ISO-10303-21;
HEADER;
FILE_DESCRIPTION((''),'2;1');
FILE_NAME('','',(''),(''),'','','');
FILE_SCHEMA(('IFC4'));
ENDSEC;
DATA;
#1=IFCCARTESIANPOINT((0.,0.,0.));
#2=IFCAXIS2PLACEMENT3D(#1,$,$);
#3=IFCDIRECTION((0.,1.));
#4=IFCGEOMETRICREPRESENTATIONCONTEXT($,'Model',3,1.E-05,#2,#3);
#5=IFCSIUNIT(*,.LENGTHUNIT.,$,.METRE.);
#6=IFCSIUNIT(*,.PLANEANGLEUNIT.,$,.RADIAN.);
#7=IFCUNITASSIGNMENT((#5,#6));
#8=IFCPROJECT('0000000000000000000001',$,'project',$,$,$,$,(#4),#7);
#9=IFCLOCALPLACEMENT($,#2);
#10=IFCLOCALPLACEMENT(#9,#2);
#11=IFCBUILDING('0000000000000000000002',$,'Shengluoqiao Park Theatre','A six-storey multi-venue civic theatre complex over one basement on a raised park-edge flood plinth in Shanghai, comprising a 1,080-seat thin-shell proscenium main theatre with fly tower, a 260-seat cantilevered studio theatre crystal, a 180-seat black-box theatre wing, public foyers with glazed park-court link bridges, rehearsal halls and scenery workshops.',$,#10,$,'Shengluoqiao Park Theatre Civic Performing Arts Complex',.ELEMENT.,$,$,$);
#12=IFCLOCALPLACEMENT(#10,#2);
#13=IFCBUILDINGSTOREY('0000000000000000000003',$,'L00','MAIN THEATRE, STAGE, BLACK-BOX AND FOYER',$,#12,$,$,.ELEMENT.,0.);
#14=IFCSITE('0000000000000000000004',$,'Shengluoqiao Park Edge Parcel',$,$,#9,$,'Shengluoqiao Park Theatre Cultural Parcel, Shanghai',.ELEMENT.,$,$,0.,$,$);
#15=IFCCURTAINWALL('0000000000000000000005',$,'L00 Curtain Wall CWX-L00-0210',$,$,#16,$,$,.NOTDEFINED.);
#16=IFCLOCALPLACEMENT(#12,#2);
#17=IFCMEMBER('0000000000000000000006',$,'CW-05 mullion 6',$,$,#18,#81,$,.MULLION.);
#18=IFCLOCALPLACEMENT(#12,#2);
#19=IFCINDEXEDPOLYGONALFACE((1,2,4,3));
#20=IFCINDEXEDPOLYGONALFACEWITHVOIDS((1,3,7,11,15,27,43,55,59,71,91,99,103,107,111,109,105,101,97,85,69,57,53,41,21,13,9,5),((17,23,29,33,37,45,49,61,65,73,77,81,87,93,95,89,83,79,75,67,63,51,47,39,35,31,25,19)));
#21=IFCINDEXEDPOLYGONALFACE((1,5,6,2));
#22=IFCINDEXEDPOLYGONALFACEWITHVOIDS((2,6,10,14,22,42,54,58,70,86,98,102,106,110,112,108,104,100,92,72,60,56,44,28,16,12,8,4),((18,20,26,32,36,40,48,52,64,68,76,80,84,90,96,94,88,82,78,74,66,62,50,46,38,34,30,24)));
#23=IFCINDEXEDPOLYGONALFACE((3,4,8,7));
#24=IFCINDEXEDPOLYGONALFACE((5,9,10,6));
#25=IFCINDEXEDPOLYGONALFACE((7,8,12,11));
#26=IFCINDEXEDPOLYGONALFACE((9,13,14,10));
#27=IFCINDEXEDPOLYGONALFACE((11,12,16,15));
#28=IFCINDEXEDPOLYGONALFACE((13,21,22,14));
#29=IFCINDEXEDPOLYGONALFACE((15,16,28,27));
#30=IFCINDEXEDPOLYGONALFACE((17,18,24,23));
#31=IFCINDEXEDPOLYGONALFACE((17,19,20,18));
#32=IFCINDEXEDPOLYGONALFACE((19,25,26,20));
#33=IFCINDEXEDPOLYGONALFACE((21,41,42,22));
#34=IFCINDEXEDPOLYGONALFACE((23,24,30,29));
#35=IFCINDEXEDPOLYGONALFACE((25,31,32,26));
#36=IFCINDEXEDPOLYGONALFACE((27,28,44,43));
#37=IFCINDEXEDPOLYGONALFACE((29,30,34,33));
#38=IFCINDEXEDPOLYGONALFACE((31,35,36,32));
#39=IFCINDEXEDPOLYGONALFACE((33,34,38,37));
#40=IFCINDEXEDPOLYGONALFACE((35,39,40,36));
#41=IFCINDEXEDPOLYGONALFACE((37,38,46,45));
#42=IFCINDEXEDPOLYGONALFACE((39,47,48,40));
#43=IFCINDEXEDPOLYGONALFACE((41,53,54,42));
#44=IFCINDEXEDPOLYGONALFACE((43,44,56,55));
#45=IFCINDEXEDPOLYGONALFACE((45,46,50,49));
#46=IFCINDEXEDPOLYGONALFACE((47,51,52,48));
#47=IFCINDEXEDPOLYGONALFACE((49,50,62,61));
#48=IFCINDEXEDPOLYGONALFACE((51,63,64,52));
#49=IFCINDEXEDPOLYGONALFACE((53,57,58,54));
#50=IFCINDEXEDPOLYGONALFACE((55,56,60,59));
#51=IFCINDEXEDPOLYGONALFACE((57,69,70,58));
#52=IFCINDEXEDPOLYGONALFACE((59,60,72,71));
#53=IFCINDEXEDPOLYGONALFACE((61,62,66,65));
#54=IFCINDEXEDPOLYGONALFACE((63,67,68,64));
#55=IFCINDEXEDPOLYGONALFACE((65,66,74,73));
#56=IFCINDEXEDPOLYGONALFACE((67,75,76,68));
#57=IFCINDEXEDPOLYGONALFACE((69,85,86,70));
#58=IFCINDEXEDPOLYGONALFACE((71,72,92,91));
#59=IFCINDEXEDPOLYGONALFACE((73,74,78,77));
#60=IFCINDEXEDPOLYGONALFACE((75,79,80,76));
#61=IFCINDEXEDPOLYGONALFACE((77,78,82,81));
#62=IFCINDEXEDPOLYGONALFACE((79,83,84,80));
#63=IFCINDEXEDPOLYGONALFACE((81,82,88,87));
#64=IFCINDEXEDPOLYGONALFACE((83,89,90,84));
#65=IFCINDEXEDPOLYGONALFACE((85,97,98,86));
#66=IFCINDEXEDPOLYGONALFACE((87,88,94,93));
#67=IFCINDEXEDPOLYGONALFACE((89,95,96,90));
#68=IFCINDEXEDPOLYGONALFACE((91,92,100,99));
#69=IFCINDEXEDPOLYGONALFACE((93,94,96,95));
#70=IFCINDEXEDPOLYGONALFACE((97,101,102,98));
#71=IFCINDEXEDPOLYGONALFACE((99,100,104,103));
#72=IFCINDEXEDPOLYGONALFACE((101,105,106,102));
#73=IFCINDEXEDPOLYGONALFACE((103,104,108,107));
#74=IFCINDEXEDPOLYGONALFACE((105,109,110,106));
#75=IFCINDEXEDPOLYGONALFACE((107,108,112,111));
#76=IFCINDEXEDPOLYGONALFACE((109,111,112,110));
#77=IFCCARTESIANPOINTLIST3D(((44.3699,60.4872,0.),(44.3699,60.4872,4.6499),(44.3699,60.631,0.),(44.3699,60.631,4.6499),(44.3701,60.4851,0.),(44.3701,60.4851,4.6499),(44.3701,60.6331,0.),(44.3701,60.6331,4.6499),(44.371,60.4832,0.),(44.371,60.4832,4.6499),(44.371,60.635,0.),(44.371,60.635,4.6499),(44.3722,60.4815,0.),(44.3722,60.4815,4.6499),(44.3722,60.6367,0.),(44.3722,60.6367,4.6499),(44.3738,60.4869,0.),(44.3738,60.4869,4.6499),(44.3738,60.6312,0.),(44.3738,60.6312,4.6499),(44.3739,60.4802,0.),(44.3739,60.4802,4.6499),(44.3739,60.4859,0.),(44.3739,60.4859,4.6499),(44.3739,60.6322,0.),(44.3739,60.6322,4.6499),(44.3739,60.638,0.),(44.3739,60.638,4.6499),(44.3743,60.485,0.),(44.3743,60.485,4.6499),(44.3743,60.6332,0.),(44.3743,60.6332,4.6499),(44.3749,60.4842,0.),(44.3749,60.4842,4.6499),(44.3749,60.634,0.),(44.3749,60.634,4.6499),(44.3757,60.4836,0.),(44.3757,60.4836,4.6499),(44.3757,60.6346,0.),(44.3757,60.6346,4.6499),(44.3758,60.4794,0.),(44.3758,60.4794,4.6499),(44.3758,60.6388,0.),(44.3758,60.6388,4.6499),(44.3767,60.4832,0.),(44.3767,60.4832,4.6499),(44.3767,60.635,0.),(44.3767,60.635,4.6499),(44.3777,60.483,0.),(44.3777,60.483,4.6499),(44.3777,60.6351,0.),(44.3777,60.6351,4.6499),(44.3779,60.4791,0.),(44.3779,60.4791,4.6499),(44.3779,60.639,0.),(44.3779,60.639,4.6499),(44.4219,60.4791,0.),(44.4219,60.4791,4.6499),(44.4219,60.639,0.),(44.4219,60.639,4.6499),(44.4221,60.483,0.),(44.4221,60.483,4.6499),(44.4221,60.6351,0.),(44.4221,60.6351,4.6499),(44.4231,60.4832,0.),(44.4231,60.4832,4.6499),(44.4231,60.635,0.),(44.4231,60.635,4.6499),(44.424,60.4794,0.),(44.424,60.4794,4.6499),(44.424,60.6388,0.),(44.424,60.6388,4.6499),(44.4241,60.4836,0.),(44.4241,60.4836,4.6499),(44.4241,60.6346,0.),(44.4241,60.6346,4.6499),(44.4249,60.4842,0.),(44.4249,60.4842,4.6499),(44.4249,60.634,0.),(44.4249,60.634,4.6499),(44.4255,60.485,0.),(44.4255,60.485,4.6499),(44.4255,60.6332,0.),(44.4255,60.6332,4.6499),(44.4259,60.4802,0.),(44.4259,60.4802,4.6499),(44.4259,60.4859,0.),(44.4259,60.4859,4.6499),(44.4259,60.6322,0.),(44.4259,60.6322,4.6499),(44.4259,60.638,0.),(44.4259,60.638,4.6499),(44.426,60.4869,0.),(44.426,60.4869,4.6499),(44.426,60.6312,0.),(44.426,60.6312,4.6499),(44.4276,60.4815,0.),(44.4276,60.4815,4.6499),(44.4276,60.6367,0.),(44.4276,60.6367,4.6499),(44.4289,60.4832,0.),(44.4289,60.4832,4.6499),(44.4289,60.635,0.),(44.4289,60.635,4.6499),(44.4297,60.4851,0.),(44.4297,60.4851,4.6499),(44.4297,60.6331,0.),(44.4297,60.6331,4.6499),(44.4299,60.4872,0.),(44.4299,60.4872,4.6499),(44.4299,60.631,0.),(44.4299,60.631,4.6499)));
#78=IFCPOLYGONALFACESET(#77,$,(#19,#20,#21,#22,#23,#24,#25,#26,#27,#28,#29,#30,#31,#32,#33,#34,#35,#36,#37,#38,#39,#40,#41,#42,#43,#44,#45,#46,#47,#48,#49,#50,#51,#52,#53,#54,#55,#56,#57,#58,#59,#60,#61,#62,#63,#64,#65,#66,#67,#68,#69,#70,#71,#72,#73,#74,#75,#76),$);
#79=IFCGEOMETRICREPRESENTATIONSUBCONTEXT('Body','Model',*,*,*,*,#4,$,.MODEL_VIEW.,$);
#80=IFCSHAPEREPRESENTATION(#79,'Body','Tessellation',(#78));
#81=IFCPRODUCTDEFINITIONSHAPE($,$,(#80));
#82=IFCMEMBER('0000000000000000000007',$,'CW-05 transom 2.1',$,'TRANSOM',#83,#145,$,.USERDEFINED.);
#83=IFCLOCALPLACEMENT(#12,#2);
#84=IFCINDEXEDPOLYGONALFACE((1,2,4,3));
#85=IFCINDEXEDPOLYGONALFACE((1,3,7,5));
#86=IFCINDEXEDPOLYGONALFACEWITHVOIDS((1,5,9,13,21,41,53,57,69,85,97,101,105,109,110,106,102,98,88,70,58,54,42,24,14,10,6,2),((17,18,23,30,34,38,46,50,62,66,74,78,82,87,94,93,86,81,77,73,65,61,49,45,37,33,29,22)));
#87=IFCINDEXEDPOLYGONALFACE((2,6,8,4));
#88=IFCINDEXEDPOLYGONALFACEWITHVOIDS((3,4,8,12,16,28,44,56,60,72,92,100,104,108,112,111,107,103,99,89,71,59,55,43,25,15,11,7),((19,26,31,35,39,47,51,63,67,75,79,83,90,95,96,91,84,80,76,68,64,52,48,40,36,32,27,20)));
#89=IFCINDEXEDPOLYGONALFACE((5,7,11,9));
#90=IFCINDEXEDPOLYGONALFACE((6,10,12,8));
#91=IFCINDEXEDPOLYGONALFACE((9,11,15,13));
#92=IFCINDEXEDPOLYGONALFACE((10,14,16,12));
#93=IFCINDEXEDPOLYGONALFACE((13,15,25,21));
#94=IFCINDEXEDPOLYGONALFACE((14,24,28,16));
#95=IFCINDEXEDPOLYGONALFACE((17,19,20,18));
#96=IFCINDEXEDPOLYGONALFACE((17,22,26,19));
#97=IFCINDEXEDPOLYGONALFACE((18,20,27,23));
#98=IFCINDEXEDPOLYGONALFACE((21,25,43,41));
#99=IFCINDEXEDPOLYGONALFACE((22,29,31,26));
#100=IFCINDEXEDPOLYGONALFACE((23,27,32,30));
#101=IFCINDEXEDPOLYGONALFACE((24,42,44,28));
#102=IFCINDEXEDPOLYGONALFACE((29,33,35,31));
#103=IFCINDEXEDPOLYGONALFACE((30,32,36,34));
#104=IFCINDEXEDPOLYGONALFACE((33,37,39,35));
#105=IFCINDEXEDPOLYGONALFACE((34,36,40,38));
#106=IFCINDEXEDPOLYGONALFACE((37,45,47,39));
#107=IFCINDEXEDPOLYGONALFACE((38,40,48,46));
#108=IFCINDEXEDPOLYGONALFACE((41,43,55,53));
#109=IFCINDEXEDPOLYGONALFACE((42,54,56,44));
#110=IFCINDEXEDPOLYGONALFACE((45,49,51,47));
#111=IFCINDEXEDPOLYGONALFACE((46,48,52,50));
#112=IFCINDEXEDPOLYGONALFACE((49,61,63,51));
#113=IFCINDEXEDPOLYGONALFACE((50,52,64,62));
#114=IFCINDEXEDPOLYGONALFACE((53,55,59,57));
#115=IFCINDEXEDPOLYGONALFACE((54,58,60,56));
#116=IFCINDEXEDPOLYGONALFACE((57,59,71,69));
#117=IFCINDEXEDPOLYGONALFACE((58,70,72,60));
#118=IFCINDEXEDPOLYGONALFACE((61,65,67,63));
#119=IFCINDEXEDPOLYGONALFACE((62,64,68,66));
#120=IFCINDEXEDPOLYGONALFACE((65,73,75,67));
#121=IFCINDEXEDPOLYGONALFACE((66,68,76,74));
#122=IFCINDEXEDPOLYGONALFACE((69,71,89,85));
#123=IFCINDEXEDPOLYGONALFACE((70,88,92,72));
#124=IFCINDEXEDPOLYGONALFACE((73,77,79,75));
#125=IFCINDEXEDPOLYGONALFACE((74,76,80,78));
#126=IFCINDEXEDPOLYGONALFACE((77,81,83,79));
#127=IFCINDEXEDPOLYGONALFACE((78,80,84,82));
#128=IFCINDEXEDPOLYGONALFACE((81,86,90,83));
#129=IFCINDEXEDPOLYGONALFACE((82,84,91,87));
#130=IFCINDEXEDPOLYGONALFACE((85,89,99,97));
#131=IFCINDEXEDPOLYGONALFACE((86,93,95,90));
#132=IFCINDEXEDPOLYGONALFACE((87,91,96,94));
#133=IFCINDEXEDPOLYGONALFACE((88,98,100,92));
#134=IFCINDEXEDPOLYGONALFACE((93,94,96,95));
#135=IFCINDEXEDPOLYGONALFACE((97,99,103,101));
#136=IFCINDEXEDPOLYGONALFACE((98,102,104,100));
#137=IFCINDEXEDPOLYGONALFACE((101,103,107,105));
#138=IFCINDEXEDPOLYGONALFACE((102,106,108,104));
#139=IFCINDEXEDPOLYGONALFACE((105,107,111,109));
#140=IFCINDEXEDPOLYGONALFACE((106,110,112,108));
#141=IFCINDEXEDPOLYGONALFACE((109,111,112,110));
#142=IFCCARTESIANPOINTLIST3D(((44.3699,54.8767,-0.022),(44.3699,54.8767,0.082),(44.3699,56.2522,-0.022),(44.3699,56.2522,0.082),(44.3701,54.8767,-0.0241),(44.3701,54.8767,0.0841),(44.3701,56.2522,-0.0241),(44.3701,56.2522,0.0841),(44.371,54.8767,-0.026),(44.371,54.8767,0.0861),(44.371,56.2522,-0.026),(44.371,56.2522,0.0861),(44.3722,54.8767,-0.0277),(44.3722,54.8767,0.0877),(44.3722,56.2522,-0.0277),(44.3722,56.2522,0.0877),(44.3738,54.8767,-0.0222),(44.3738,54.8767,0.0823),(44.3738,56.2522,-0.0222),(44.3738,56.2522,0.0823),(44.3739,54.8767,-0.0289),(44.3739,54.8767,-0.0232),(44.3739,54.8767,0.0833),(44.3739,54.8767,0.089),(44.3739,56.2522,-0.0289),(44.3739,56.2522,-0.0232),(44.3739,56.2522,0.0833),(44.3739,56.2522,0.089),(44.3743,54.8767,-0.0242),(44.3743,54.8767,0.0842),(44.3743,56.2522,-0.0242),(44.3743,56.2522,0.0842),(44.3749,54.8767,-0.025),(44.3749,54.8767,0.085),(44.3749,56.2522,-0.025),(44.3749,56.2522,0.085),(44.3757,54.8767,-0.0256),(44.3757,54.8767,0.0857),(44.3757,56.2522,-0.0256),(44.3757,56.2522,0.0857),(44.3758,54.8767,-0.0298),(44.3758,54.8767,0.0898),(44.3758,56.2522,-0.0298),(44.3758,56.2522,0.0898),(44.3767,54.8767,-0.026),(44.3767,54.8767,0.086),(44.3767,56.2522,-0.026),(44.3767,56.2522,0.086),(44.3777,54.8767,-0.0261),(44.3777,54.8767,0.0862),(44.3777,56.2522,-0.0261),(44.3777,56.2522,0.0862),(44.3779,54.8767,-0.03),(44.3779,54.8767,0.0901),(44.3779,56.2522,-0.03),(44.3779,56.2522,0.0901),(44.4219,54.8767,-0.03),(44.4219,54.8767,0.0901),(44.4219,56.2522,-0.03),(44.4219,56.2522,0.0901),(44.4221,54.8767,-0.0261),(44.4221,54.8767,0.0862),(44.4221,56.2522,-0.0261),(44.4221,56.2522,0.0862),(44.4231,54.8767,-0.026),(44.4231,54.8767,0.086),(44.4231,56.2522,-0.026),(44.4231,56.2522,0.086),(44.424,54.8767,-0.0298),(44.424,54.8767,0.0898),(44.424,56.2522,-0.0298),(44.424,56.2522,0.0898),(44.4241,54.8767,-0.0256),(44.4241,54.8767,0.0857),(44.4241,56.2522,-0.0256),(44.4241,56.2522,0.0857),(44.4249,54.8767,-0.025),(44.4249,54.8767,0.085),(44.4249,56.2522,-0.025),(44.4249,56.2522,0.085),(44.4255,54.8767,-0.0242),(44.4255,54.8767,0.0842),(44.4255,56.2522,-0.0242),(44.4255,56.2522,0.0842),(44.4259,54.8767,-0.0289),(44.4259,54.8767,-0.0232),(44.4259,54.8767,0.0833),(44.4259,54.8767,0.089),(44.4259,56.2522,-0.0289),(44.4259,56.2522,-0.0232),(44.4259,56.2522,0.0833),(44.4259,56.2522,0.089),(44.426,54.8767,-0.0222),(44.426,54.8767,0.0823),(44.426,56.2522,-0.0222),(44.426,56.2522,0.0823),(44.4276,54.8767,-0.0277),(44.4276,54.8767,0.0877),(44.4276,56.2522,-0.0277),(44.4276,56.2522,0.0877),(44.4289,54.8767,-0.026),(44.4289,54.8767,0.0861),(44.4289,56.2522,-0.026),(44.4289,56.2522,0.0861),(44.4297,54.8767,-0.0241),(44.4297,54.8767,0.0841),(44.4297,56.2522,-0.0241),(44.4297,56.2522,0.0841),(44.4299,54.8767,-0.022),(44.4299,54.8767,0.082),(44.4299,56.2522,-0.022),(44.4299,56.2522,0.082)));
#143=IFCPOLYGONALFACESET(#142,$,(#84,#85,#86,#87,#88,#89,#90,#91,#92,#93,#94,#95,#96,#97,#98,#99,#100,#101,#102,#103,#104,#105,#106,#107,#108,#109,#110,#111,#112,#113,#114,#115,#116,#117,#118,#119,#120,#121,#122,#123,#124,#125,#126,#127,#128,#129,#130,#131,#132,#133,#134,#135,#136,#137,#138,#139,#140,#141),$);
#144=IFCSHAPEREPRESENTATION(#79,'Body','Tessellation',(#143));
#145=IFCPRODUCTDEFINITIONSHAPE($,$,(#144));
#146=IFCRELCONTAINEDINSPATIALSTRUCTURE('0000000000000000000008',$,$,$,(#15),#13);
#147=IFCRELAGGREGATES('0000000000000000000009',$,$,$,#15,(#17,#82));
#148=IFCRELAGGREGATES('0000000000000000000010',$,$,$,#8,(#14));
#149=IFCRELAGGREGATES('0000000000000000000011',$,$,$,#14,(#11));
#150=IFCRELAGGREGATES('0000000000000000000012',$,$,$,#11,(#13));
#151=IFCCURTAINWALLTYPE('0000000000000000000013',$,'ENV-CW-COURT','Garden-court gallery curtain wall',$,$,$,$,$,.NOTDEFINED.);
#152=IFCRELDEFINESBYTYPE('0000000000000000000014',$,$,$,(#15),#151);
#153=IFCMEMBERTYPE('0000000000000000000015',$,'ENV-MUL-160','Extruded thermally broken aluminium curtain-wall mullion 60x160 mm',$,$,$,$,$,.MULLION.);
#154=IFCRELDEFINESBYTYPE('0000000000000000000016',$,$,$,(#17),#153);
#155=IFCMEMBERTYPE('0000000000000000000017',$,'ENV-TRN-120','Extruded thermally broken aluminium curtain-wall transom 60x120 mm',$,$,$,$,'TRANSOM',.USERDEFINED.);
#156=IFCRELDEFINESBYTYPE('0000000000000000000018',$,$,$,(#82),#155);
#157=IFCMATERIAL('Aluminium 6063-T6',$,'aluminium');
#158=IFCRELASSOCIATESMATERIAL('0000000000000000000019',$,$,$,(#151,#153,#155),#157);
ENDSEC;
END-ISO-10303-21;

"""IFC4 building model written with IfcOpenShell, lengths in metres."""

from ifc_helpers import new_model, si_unit, direction, frame, origin, origin_2d, place, context, subcontext, project, spatial, hollow_rectangle, extrude, material, material_profile, profile_set, type_object, element, aggregate, save


model = new_model("IFC4")

# Units and contexts
model_context = context("Model", 3, precision=1e-05, world=origin(), true_north=direction((0.0, 1.0)))
body_context = subcontext(model_context, "Body", "Model", "MODEL_VIEW")
ifc_project = project(units=[si_unit("LENGTHUNIT", "METRE"), si_unit("PLANEANGLEUNIT", "RADIAN")], contexts=[model_context])

# Site, building, storey
site_placement = place(None, origin())
site = spatial("IfcSite", under=ifc_project, at=site_placement, Name="Shengluoqiao Park Edge Parcel", LongName="Shengluoqiao Park Theatre Cultural Parcel, Shanghai", CompositionType="ELEMENT", RefElevation=0.0)
building_placement = place(site_placement, origin())
building = spatial("IfcBuilding", under=site, at=building_placement, Name="Shengluoqiao Park Theatre", Description="A six-storey multi-venue civic theatre complex over one basement on a raised park-edge flood plinth in Shanghai, comprising a 1,080-seat thin-shell proscenium main theatre with fly tower, a 260-seat cantilevered studio theatre crystal, a 180-seat black-box theatre wing, public foyers with glazed park-court link bridges, rehearsal halls and scenery workshops.", LongName="Shengluoqiao Park Theatre Civic Performing Arts Complex", CompositionType="ELEMENT")
storey_placement = place(building_placement, origin())
storey = spatial("IfcBuildingStorey", under=building, at=storey_placement, Name="L00", Description="MAIN THEATRE, STAGE, BLACK-BOX AND FOYER", CompositionType="ELEMENT", Elevation=0.0)

# Curtain wall, members
ifc_material_1 = material(Name="Aluminium 6063-T6", Category="aluminium")
curtain_wall_type = type_object("IfcCurtainWallType", Name="ENV-CW-COURT", Description="Garden-court gallery curtain wall", PredefinedType="NOTDEFINED", material=ifc_material_1)
curtain_wall_placement = place(storey_placement, origin())
curtain_wall = element("IfcCurtainWall", 1, at=curtain_wall_placement, inside=storey, type_object=curtain_wall_type, Name="L00 Curtain Wall CWX-L00-0210", PredefinedType="NOTDEFINED")
ifc_material_profile_1 = material_profile(ifc_material_1, hollow_rectangle(XDim=0.0601, YDim=0.1599, WallThickness=0.0039, InnerFilletRadius=0.0039, OuterFilletRadius=0.0081, at=origin_2d()), Name="ALU MULLION 160x60x4")
ifc_profile_set_1 = profile_set([ifc_material_profile_1], Name="Aluminium 6063-T6")
member_type_1 = type_object("IfcMemberType", Name="ENV-MUL-160", Description="Extruded thermally broken aluminium curtain-wall mullion 60x160 mm", PredefinedType="MULLION", material=ifc_profile_set_1)
member_1_placement = place(storey_placement, frame((44.3999, 60.5591, 0.0), z_axis=(0.0, 0.0, 1.0), x_axis=(-1.0, 0.0, 0.0)))
member_1 = element("IfcMember", 2, at=member_1_placement, type_object=member_type_1, Name="CW-05 mullion 6", PredefinedType="MULLION", context=body_context, shape_type="SweptSolid", body=[
    extrude(hollow_rectangle(XDim=0.0601, YDim=0.1599, WallThickness=0.0039, InnerFilletRadius=0.0039, OuterFilletRadius=0.0081, at=origin_2d()), origin(), (0.0, 0.0, 1.0), 4.6499),
])
ifc_material_profile_2 = material_profile(ifc_material_1, hollow_rectangle(XDim=0.0601, YDim=0.1201, WallThickness=0.0039, InnerFilletRadius=0.0039, OuterFilletRadius=0.0081, at=origin_2d()), Name="ALU TRANSOM 120x60x4")
ifc_profile_set_2 = profile_set([ifc_material_profile_2], Name="Aluminium 6063-T6")
member_type_2 = type_object("IfcMemberType", Name="ENV-TRN-120", Description="Extruded thermally broken aluminium curtain-wall transom 60x120 mm", ElementType="TRANSOM", PredefinedType="USERDEFINED", material=ifc_profile_set_2)
member_2_placement = place(storey_placement, frame((44.3999, 54.8767, 0.03), z_axis=(0.0, 1.0, 0.0), x_axis=(-1.0, 0.0, 0.0)))
member_2 = element("IfcMember", 3, at=member_2_placement, type_object=member_type_2, Name="CW-05 transom 2.1", ObjectType="TRANSOM", PredefinedType="USERDEFINED", context=body_context, shape_type="SweptSolid", body=[
    extrude(hollow_rectangle(XDim=0.0601, YDim=0.1201, WallThickness=0.0039, InnerFilletRadius=0.0039, OuterFilletRadius=0.0081, at=origin_2d()), origin(), (0.0, 0.0, 1.0), 1.3755),
])
aggregate(curtain_wall, [member_1, member_2])

save(model, "model.ifc")
